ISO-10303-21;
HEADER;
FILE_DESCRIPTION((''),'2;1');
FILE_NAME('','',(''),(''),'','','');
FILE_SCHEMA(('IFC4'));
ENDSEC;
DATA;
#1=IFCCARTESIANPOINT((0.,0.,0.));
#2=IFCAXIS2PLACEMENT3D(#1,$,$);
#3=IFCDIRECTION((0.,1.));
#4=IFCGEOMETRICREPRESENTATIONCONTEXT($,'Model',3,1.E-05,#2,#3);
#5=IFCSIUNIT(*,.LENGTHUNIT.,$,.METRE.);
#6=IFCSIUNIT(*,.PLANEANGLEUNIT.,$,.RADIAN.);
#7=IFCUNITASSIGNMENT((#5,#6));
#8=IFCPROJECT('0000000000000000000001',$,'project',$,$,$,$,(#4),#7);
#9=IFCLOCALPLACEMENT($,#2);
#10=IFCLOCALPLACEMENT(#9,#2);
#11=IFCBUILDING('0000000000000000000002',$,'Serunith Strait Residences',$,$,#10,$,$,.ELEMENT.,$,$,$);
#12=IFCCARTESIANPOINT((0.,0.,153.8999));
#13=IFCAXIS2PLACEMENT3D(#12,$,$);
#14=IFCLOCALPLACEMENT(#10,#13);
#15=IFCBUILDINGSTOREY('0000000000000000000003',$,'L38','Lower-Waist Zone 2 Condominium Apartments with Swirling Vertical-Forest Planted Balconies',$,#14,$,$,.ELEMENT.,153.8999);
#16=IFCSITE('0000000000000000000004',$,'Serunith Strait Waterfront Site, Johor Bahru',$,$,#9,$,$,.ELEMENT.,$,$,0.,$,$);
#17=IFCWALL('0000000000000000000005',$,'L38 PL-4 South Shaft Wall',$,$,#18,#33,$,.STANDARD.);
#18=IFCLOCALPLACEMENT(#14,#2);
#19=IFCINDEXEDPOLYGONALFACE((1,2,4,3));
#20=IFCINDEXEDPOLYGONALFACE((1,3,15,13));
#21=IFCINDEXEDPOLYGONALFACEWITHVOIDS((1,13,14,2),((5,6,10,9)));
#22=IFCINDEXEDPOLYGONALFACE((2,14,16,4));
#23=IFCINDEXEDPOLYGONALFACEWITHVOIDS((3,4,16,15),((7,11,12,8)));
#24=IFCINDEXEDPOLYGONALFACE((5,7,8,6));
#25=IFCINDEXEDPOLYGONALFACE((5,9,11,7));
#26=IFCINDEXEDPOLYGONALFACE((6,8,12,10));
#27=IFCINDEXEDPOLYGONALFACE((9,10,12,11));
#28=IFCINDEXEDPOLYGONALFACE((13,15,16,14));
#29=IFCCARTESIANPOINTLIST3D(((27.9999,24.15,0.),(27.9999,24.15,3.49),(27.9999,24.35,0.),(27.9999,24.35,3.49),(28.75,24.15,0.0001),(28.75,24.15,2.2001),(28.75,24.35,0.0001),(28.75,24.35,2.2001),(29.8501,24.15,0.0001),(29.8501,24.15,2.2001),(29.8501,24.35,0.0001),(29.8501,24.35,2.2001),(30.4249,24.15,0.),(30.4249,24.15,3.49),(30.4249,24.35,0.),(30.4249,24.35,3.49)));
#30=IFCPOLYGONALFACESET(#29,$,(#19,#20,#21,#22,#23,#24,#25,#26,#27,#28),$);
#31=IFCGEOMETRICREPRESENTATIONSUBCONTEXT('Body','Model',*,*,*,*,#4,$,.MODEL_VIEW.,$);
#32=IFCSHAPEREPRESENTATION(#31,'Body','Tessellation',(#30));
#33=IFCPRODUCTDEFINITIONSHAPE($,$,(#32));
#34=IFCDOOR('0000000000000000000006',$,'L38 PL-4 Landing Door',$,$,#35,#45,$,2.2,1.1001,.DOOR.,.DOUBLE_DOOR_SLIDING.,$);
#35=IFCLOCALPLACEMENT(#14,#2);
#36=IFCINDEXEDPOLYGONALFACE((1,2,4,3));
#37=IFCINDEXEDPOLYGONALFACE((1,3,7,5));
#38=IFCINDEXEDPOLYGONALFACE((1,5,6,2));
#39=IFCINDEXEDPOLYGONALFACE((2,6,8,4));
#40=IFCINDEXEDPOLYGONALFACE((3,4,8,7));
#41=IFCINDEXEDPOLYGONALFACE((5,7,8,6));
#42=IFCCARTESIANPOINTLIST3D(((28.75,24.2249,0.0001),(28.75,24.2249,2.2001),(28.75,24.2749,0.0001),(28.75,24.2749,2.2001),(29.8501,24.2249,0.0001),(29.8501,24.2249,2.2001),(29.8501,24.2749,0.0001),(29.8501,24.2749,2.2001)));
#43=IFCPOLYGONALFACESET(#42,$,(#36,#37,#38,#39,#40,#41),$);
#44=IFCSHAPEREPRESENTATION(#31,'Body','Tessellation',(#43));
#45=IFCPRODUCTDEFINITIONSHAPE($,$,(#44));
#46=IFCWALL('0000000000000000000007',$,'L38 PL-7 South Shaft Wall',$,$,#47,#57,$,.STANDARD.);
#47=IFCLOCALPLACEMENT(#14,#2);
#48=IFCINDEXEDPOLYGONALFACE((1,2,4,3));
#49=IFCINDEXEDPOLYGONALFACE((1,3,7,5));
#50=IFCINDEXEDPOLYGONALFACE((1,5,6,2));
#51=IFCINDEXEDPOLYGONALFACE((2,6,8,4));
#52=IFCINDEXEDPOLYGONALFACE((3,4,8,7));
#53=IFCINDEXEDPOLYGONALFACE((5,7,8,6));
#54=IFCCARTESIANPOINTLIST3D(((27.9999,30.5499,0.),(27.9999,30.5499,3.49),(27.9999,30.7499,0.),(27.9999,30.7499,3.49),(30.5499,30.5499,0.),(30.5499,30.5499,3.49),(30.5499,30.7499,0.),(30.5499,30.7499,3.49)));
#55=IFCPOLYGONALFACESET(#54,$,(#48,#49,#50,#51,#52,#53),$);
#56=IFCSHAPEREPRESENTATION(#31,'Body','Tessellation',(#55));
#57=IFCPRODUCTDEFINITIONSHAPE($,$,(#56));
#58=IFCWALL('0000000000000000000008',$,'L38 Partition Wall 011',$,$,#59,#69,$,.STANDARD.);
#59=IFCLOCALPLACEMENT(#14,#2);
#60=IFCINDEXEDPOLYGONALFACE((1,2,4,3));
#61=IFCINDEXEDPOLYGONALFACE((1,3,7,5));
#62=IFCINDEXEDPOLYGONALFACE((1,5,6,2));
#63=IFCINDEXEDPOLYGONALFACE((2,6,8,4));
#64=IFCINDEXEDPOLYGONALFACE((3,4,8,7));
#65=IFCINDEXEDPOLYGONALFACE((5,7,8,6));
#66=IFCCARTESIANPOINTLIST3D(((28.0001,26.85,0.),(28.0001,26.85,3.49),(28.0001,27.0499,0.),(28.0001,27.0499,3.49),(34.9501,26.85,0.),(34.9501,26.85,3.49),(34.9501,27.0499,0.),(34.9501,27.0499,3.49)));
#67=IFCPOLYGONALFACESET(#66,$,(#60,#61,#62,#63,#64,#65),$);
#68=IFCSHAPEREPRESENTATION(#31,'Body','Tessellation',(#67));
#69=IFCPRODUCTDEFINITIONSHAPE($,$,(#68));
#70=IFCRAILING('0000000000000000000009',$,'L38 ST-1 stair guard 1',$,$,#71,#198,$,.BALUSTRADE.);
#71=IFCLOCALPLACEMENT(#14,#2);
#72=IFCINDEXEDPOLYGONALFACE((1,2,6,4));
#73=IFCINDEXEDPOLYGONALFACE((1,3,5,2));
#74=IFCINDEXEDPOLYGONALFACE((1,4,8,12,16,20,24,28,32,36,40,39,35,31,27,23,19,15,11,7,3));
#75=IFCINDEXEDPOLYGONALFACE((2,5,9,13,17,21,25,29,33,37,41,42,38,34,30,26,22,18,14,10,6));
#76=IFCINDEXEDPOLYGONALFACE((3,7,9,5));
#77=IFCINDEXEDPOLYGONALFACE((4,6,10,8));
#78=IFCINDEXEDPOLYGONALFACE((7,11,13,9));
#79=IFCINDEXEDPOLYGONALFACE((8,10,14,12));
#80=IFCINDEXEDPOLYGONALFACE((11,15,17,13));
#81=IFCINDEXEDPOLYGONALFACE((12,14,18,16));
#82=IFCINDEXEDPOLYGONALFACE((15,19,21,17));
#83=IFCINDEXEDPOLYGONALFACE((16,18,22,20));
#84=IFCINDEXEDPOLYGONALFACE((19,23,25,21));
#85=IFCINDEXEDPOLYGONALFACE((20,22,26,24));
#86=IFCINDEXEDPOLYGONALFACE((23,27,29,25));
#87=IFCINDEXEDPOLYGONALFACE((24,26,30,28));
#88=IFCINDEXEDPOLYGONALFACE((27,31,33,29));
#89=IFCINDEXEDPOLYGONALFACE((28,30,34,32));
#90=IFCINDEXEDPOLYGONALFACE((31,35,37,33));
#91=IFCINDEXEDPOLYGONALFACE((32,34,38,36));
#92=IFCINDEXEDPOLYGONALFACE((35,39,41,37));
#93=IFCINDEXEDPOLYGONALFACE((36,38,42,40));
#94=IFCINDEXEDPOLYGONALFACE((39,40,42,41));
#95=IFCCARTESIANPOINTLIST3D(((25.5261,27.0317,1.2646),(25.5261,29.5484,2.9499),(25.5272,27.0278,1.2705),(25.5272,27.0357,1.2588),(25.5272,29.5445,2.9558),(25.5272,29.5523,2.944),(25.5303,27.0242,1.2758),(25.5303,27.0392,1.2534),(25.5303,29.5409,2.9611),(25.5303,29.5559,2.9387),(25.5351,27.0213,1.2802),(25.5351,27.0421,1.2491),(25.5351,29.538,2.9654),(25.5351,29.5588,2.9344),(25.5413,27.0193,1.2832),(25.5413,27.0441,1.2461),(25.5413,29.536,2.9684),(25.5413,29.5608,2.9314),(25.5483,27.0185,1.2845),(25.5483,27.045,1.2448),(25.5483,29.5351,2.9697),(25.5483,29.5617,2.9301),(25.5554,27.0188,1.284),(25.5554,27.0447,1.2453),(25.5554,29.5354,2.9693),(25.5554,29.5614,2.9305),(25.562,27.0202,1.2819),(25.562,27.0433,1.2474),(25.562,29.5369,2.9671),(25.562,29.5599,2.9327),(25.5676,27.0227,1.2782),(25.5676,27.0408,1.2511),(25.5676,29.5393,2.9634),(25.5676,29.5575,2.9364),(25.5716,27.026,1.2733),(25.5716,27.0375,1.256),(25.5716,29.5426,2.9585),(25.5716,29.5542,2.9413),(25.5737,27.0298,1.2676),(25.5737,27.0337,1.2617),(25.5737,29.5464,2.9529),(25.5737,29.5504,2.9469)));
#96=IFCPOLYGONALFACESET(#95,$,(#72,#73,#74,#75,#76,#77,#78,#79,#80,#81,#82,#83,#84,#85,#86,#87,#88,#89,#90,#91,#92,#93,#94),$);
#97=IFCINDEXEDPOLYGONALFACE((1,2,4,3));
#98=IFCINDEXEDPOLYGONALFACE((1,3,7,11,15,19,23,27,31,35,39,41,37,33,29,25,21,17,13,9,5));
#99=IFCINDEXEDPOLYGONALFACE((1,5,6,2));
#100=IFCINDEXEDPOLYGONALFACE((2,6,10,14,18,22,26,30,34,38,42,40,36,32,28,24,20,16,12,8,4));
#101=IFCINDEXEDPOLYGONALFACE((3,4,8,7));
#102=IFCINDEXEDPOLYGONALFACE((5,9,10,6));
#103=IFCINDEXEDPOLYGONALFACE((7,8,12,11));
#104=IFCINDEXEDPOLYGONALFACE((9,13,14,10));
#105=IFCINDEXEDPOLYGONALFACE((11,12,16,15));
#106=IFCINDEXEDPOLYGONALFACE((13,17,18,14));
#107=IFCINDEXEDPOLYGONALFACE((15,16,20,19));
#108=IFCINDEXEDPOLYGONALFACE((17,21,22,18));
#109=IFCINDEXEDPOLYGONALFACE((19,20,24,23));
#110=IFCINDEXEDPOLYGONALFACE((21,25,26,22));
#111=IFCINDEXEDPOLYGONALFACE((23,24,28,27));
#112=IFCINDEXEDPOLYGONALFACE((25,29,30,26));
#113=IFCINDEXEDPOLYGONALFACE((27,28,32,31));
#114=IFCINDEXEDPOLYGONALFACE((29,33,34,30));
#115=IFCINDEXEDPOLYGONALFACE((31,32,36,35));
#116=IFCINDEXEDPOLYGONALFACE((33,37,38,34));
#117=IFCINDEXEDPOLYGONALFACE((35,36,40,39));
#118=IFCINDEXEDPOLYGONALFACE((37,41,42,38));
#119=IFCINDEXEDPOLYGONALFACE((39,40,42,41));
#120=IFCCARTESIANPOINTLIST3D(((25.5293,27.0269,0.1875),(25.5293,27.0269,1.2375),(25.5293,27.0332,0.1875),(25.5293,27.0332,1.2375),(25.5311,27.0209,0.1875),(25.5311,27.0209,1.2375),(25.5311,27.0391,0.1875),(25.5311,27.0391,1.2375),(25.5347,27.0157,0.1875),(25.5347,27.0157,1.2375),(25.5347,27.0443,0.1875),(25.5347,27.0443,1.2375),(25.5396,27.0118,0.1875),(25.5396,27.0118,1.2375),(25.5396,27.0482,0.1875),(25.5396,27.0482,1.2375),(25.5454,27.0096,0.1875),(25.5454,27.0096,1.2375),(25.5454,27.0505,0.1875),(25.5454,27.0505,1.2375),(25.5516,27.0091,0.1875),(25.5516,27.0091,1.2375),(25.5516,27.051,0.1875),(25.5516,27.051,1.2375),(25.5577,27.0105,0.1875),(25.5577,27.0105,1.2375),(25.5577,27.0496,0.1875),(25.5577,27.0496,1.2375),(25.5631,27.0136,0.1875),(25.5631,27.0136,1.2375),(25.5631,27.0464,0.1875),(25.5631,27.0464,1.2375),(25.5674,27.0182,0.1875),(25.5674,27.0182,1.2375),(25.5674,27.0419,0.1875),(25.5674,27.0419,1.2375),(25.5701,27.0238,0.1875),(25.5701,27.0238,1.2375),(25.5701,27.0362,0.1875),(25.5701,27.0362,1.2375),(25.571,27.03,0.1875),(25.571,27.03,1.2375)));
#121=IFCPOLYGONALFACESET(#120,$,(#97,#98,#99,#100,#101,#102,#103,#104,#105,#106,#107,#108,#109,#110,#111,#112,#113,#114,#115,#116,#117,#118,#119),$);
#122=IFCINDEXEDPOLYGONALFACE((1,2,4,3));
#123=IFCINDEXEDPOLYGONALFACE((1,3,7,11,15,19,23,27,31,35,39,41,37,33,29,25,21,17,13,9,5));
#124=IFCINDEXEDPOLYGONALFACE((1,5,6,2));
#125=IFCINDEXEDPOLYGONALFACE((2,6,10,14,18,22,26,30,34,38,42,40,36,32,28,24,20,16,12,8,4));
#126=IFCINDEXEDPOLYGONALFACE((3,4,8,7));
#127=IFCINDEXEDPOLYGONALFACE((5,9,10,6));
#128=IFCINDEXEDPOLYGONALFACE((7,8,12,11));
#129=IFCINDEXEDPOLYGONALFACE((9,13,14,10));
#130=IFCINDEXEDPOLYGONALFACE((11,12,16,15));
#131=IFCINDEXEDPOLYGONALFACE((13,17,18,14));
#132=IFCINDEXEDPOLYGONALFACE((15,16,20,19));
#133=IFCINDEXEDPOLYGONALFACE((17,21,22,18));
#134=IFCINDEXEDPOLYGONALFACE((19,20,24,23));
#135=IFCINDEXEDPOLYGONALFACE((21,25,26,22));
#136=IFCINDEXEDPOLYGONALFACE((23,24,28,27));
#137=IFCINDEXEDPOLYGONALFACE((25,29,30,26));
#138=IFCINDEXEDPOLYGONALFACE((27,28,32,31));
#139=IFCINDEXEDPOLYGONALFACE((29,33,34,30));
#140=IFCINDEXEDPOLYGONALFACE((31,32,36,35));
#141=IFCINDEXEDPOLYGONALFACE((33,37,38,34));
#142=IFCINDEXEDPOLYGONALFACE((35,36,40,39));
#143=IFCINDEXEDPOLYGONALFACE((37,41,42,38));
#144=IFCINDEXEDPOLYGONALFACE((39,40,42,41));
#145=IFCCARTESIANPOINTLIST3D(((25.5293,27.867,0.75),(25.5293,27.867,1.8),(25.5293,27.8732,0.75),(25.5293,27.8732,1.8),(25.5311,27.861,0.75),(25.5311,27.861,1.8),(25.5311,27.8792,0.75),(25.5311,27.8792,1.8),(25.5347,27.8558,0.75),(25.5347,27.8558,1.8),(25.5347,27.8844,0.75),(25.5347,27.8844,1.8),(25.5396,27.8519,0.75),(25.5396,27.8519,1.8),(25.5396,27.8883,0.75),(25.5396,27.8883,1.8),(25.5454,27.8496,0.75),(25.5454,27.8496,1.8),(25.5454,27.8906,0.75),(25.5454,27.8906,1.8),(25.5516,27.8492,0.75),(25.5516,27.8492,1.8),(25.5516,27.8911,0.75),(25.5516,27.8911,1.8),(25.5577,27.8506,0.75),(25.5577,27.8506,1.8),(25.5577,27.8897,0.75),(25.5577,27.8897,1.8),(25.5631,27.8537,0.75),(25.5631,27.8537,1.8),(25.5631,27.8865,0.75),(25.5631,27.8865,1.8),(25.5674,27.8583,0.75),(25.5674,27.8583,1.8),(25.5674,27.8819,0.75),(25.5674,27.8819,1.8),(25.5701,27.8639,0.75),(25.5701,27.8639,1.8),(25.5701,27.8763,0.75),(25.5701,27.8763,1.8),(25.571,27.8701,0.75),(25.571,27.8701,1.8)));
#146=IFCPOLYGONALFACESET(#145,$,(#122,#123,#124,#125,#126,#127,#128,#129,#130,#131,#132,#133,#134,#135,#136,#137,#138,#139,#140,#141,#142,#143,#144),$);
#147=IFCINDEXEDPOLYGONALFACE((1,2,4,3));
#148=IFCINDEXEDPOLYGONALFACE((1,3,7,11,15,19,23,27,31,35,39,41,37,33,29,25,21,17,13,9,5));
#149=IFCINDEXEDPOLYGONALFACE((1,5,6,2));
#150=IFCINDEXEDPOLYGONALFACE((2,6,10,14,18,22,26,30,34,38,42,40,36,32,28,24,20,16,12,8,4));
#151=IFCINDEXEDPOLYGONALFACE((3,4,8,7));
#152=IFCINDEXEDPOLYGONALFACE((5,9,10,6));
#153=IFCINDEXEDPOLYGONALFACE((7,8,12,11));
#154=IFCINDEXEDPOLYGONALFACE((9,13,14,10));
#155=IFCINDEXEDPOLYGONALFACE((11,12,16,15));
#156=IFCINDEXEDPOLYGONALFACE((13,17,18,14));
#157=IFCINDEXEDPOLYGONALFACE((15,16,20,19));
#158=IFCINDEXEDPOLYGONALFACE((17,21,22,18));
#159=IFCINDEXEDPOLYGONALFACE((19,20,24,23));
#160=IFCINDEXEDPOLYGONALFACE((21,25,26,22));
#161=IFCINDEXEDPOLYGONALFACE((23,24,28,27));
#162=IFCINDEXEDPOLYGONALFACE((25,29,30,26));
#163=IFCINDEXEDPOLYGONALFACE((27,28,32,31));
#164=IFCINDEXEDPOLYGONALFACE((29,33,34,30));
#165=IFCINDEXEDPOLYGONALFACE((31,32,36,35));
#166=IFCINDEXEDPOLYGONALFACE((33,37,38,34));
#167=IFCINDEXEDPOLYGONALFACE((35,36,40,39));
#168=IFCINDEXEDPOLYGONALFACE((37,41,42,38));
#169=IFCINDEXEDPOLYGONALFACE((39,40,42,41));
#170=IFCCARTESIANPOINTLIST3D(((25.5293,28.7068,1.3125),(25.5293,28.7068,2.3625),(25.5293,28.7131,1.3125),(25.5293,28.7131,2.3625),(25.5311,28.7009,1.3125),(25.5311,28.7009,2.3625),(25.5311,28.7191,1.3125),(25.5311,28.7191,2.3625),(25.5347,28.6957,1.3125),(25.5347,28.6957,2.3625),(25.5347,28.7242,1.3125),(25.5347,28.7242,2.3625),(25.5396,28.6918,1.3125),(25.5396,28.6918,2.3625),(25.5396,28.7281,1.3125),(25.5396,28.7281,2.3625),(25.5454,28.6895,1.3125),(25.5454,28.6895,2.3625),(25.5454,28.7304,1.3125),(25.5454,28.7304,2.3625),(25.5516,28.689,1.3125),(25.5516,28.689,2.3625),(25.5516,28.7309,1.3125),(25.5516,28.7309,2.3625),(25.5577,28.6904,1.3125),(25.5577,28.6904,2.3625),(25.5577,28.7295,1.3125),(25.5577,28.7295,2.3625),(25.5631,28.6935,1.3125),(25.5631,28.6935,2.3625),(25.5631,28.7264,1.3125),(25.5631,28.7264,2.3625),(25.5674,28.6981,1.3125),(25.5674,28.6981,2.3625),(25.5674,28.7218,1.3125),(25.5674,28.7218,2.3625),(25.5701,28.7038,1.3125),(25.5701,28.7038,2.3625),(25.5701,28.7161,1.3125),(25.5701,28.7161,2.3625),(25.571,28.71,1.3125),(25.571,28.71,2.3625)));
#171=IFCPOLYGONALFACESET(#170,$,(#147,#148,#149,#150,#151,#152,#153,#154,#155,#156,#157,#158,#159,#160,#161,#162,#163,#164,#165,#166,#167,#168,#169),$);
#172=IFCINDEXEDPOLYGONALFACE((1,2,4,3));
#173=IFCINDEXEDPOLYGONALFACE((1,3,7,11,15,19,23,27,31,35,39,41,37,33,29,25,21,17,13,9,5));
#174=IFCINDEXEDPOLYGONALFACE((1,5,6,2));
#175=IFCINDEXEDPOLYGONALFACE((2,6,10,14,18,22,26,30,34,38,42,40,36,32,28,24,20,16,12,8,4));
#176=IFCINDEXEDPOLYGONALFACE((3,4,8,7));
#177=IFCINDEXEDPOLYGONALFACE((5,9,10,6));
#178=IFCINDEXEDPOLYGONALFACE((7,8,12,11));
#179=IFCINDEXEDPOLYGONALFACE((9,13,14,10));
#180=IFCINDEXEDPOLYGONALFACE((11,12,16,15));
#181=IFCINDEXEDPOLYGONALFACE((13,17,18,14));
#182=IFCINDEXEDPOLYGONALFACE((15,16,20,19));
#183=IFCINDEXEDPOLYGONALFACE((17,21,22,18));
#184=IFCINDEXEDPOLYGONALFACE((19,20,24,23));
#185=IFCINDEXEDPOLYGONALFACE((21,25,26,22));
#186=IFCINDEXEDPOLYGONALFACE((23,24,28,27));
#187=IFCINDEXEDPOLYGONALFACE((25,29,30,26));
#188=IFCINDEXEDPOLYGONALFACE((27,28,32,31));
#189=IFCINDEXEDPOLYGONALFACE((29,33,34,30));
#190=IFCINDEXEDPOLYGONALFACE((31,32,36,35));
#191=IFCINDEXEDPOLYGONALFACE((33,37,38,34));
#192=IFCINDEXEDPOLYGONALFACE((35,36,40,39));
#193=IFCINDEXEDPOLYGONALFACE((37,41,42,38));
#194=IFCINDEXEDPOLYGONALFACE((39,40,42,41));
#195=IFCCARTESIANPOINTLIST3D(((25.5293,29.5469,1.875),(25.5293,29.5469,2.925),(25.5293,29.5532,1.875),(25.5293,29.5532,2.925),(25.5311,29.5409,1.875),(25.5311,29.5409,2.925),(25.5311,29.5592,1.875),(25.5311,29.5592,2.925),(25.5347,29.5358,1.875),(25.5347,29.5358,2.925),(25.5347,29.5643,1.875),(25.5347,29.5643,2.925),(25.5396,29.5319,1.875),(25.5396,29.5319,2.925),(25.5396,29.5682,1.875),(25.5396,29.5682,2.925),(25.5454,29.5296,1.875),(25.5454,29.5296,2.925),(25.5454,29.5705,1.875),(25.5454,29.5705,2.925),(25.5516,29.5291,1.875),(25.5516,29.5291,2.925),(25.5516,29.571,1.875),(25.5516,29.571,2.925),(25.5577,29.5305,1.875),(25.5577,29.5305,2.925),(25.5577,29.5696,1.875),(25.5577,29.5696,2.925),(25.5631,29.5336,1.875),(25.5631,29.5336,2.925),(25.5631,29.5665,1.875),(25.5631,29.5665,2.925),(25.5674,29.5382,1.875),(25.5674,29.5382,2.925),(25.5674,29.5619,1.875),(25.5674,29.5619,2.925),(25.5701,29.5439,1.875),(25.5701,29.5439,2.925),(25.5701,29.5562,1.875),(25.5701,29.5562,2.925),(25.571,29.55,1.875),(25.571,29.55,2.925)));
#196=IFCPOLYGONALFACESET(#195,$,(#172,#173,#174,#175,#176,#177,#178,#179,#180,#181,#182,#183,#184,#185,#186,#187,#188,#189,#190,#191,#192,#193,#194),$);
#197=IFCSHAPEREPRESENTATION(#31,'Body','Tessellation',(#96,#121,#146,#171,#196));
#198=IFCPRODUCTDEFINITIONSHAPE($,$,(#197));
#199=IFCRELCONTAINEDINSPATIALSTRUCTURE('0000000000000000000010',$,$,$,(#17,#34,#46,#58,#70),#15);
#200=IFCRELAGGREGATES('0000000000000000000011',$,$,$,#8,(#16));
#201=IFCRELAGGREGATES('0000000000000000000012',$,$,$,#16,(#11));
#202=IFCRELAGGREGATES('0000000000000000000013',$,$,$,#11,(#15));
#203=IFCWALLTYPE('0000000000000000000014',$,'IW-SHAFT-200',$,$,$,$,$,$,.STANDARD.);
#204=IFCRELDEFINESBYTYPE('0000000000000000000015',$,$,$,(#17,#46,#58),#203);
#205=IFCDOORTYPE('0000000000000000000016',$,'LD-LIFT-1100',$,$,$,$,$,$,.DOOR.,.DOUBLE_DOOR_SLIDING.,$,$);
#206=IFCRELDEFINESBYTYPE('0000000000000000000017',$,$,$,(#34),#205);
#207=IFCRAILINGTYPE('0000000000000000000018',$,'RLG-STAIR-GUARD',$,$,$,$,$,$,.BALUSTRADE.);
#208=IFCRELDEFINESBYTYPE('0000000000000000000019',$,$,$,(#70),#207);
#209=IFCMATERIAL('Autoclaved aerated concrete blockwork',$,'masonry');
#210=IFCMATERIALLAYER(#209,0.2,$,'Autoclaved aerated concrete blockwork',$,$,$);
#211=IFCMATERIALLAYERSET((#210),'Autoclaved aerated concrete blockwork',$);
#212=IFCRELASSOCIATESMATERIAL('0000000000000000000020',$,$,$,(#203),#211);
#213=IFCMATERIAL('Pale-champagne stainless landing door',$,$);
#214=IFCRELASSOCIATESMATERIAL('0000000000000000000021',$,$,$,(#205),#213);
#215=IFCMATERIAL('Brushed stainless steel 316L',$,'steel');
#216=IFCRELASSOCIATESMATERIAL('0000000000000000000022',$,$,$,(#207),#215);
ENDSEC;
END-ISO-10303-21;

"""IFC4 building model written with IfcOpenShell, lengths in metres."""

from ifc_helpers import new_model, si_unit, direction, frame, frame_2d, origin, origin_2d, place, context, subcontext, project, spatial, rectangle, circle, extrude, source, transform, mapped, material, layer, layer_set, type_object, element, fill, save


model = new_model("IFC4")

# Units and contexts
model_context = context("Model", 3, precision=1e-05, world=origin(), true_north=direction((0.0, 1.0)))
body_context = subcontext(model_context, "Body", "Model", "MODEL_VIEW")
ifc_project = project(units=[si_unit("LENGTHUNIT", "METRE"), si_unit("PLANEANGLEUNIT", "RADIAN")], contexts=[model_context])

# Site, building, storey
site_placement = place(None, origin())
site = spatial("IfcSite", under=ifc_project, at=site_placement, Name="Serunith Strait Waterfront Site, Johor Bahru", CompositionType="ELEMENT", RefElevation=0.0)
building_placement = place(site_placement, origin())
building = spatial("IfcBuilding", under=site, at=building_placement, Name="Serunith Strait Residences", CompositionType="ELEMENT")
storey_placement = place(building_placement, frame((0.0, 0.0, 153.8999)))
storey = spatial("IfcBuildingStorey", under=building, at=storey_placement, Name="L38", Description="Lower-Waist Zone 2 Condominium Apartments with Swirling Vertical-Forest Planted Balconies", CompositionType="ELEMENT", Elevation=153.8999)

# Wall, opening, door
ifc_material_1 = material(Name="Autoclaved aerated concrete blockwork", Category="masonry")
ifc_layer_1 = layer(ifc_material_1, 0.2, Name="Autoclaved aerated concrete blockwork")
ifc_layer_set_1 = layer_set([ifc_layer_1], Name="Autoclaved aerated concrete blockwork")
wall_type_1 = type_object("IfcWallType", Name="IW-SHAFT-200", PredefinedType="STANDARD", material=ifc_layer_set_1)
wall_1_placement = place(storey_placement, frame((28.0, 24.25, 0.0), z_axis=(0.0, 0.0, 1.0), x_axis=(1.0, 0.0, 0.0)))
wall_1 = element("IfcWall", 1, at=wall_1_placement, inside=storey, type_object=wall_type_1, Name="L38 PL-4 South Shaft Wall", PredefinedType="STANDARD", context=body_context, shape_type="SweptSolid", body=[
    extrude(rectangle(XDim=2.425, YDim=0.2, at=frame_2d((1.2124, 0.0))), origin(), (0.0, 0.0, 1.0), 3.49),
])
opening_placement = place(wall_1_placement, frame((0.75, 0.0, 0.0)))
opening = element("IfcOpeningElement", 2, at=opening_placement, cuts=wall_1, PredefinedType="OPENING", context=body_context, shape_type="SweptSolid", body=[
    extrude(rectangle(XDim=1.1001, YDim=2.2, at=frame_2d((0.55, 1.1001))), frame((0.0, 0.1099, 0.0), z_axis=(0.0, -1.0, 0.0), x_axis=(1.0, 0.0, 0.0)), (0.0, 0.0, 1.0), 0.22),
])
ifc_material_2 = material(Name="Pale-champagne stainless landing door")
door_type = type_object("IfcDoorType", Name="LD-LIFT-1100", OperationType="DOUBLE_DOOR_SLIDING", PredefinedType="DOOR", material=ifc_material_2)
shared_shape_1 = source(origin(), body_context, "Body", "SweptSolid", [
    extrude(rectangle(XDim=1.1001, YDim=2.2, at=frame_2d((0.55, 1.1001))), frame((0.0, 0.0249, 0.0), z_axis=(0.0, -1.0, 0.0), x_axis=(1.0, 0.0, 0.0)), (0.0, 0.0, 1.0), 0.05),
])
door_placement = place(opening_placement, origin())
door = element("IfcDoor", 3, at=door_placement, inside=storey, type_object=door_type, Name="L38 PL-4 Landing Door", OperationType="DOUBLE_DOOR_SLIDING", OverallHeight=2.2, OverallWidth=1.1001, PredefinedType="DOOR", context=body_context, shape_type="MappedRepresentation", body=[
    mapped(shared_shape_1, transform((0.0, 0.0, 0.0), scale=1.0)),
])
fill(opening, door)

# Walls
wall_2_placement = place(storey_placement, frame((28.0, 30.6499, 0.0), z_axis=(0.0, 0.0, 1.0), x_axis=(1.0, 0.0, 0.0)))
element("IfcWall", 4, at=wall_2_placement, inside=storey, type_object=wall_type_1, Name="L38 PL-7 South Shaft Wall", PredefinedType="STANDARD", context=body_context, shape_type="SweptSolid", body=[
    extrude(rectangle(XDim=2.55, YDim=0.2, at=frame_2d((1.2749, 0.0))), origin(), (0.0, 0.0, 1.0), 3.49),
])
wall_3_placement = place(storey_placement, frame((28.0, 26.95, 0.0), z_axis=(0.0, 0.0, 1.0), x_axis=(1.0, 0.0, 0.0)))
element("IfcWall", 5, at=wall_3_placement, inside=storey, type_object=wall_type_1, Name="L38 Partition Wall 011", PredefinedType="STANDARD", context=body_context, shape_type="SweptSolid", body=[
    extrude(rectangle(XDim=6.95, YDim=0.2, at=frame_2d((3.4751, 0.0))), origin(), (0.0, 0.0, 1.0), 3.49),
])

# Railing
ifc_material_3 = material(Name="Brushed stainless steel 316L", Category="steel")
railing_type_1 = type_object("IfcRailingType", Name="RLG-STAIR-GUARD", PredefinedType="BALUSTRADE", material=ifc_material_3)
railing_1_placement = place(storey_placement, frame((25.55, 27.03, 0.1875)))
element("IfcRailing", 6, at=railing_1_placement, inside=storey, type_object=railing_type_1, Name="L38 ST-1 stair guard 1", PredefinedType="BALUSTRADE", context=body_context, shape_type="SweptSolid", body=[
    extrude(circle(Radius=0.0239, at=origin_2d()), frame((0.0, 0.0017, 1.0771), z_axis=(0.0, 0.830909, 0.556408), x_axis=(-1.0, 0.0, 0.0)), (0.0, 0.0, 1.0), 3.0288),
    extrude(circle(Radius=0.021, at=origin_2d()), origin(), (0.0, 0.0, 1.0), 1.05),
    extrude(circle(Radius=0.021, at=origin_2d()), frame((0.0, 0.8401, 0.5625)), (0.0, 0.0, 1.0), 1.05),
    extrude(circle(Radius=0.021, at=origin_2d()), frame((0.0, 1.6799, 1.125)), (0.0, 0.0, 1.0), 1.05),
    extrude(circle(Radius=0.021, at=origin_2d()), frame((0.0, 2.52, 1.6875)), (0.0, 0.0, 1.0), 1.05),
])

save(model, "model.ifc")
